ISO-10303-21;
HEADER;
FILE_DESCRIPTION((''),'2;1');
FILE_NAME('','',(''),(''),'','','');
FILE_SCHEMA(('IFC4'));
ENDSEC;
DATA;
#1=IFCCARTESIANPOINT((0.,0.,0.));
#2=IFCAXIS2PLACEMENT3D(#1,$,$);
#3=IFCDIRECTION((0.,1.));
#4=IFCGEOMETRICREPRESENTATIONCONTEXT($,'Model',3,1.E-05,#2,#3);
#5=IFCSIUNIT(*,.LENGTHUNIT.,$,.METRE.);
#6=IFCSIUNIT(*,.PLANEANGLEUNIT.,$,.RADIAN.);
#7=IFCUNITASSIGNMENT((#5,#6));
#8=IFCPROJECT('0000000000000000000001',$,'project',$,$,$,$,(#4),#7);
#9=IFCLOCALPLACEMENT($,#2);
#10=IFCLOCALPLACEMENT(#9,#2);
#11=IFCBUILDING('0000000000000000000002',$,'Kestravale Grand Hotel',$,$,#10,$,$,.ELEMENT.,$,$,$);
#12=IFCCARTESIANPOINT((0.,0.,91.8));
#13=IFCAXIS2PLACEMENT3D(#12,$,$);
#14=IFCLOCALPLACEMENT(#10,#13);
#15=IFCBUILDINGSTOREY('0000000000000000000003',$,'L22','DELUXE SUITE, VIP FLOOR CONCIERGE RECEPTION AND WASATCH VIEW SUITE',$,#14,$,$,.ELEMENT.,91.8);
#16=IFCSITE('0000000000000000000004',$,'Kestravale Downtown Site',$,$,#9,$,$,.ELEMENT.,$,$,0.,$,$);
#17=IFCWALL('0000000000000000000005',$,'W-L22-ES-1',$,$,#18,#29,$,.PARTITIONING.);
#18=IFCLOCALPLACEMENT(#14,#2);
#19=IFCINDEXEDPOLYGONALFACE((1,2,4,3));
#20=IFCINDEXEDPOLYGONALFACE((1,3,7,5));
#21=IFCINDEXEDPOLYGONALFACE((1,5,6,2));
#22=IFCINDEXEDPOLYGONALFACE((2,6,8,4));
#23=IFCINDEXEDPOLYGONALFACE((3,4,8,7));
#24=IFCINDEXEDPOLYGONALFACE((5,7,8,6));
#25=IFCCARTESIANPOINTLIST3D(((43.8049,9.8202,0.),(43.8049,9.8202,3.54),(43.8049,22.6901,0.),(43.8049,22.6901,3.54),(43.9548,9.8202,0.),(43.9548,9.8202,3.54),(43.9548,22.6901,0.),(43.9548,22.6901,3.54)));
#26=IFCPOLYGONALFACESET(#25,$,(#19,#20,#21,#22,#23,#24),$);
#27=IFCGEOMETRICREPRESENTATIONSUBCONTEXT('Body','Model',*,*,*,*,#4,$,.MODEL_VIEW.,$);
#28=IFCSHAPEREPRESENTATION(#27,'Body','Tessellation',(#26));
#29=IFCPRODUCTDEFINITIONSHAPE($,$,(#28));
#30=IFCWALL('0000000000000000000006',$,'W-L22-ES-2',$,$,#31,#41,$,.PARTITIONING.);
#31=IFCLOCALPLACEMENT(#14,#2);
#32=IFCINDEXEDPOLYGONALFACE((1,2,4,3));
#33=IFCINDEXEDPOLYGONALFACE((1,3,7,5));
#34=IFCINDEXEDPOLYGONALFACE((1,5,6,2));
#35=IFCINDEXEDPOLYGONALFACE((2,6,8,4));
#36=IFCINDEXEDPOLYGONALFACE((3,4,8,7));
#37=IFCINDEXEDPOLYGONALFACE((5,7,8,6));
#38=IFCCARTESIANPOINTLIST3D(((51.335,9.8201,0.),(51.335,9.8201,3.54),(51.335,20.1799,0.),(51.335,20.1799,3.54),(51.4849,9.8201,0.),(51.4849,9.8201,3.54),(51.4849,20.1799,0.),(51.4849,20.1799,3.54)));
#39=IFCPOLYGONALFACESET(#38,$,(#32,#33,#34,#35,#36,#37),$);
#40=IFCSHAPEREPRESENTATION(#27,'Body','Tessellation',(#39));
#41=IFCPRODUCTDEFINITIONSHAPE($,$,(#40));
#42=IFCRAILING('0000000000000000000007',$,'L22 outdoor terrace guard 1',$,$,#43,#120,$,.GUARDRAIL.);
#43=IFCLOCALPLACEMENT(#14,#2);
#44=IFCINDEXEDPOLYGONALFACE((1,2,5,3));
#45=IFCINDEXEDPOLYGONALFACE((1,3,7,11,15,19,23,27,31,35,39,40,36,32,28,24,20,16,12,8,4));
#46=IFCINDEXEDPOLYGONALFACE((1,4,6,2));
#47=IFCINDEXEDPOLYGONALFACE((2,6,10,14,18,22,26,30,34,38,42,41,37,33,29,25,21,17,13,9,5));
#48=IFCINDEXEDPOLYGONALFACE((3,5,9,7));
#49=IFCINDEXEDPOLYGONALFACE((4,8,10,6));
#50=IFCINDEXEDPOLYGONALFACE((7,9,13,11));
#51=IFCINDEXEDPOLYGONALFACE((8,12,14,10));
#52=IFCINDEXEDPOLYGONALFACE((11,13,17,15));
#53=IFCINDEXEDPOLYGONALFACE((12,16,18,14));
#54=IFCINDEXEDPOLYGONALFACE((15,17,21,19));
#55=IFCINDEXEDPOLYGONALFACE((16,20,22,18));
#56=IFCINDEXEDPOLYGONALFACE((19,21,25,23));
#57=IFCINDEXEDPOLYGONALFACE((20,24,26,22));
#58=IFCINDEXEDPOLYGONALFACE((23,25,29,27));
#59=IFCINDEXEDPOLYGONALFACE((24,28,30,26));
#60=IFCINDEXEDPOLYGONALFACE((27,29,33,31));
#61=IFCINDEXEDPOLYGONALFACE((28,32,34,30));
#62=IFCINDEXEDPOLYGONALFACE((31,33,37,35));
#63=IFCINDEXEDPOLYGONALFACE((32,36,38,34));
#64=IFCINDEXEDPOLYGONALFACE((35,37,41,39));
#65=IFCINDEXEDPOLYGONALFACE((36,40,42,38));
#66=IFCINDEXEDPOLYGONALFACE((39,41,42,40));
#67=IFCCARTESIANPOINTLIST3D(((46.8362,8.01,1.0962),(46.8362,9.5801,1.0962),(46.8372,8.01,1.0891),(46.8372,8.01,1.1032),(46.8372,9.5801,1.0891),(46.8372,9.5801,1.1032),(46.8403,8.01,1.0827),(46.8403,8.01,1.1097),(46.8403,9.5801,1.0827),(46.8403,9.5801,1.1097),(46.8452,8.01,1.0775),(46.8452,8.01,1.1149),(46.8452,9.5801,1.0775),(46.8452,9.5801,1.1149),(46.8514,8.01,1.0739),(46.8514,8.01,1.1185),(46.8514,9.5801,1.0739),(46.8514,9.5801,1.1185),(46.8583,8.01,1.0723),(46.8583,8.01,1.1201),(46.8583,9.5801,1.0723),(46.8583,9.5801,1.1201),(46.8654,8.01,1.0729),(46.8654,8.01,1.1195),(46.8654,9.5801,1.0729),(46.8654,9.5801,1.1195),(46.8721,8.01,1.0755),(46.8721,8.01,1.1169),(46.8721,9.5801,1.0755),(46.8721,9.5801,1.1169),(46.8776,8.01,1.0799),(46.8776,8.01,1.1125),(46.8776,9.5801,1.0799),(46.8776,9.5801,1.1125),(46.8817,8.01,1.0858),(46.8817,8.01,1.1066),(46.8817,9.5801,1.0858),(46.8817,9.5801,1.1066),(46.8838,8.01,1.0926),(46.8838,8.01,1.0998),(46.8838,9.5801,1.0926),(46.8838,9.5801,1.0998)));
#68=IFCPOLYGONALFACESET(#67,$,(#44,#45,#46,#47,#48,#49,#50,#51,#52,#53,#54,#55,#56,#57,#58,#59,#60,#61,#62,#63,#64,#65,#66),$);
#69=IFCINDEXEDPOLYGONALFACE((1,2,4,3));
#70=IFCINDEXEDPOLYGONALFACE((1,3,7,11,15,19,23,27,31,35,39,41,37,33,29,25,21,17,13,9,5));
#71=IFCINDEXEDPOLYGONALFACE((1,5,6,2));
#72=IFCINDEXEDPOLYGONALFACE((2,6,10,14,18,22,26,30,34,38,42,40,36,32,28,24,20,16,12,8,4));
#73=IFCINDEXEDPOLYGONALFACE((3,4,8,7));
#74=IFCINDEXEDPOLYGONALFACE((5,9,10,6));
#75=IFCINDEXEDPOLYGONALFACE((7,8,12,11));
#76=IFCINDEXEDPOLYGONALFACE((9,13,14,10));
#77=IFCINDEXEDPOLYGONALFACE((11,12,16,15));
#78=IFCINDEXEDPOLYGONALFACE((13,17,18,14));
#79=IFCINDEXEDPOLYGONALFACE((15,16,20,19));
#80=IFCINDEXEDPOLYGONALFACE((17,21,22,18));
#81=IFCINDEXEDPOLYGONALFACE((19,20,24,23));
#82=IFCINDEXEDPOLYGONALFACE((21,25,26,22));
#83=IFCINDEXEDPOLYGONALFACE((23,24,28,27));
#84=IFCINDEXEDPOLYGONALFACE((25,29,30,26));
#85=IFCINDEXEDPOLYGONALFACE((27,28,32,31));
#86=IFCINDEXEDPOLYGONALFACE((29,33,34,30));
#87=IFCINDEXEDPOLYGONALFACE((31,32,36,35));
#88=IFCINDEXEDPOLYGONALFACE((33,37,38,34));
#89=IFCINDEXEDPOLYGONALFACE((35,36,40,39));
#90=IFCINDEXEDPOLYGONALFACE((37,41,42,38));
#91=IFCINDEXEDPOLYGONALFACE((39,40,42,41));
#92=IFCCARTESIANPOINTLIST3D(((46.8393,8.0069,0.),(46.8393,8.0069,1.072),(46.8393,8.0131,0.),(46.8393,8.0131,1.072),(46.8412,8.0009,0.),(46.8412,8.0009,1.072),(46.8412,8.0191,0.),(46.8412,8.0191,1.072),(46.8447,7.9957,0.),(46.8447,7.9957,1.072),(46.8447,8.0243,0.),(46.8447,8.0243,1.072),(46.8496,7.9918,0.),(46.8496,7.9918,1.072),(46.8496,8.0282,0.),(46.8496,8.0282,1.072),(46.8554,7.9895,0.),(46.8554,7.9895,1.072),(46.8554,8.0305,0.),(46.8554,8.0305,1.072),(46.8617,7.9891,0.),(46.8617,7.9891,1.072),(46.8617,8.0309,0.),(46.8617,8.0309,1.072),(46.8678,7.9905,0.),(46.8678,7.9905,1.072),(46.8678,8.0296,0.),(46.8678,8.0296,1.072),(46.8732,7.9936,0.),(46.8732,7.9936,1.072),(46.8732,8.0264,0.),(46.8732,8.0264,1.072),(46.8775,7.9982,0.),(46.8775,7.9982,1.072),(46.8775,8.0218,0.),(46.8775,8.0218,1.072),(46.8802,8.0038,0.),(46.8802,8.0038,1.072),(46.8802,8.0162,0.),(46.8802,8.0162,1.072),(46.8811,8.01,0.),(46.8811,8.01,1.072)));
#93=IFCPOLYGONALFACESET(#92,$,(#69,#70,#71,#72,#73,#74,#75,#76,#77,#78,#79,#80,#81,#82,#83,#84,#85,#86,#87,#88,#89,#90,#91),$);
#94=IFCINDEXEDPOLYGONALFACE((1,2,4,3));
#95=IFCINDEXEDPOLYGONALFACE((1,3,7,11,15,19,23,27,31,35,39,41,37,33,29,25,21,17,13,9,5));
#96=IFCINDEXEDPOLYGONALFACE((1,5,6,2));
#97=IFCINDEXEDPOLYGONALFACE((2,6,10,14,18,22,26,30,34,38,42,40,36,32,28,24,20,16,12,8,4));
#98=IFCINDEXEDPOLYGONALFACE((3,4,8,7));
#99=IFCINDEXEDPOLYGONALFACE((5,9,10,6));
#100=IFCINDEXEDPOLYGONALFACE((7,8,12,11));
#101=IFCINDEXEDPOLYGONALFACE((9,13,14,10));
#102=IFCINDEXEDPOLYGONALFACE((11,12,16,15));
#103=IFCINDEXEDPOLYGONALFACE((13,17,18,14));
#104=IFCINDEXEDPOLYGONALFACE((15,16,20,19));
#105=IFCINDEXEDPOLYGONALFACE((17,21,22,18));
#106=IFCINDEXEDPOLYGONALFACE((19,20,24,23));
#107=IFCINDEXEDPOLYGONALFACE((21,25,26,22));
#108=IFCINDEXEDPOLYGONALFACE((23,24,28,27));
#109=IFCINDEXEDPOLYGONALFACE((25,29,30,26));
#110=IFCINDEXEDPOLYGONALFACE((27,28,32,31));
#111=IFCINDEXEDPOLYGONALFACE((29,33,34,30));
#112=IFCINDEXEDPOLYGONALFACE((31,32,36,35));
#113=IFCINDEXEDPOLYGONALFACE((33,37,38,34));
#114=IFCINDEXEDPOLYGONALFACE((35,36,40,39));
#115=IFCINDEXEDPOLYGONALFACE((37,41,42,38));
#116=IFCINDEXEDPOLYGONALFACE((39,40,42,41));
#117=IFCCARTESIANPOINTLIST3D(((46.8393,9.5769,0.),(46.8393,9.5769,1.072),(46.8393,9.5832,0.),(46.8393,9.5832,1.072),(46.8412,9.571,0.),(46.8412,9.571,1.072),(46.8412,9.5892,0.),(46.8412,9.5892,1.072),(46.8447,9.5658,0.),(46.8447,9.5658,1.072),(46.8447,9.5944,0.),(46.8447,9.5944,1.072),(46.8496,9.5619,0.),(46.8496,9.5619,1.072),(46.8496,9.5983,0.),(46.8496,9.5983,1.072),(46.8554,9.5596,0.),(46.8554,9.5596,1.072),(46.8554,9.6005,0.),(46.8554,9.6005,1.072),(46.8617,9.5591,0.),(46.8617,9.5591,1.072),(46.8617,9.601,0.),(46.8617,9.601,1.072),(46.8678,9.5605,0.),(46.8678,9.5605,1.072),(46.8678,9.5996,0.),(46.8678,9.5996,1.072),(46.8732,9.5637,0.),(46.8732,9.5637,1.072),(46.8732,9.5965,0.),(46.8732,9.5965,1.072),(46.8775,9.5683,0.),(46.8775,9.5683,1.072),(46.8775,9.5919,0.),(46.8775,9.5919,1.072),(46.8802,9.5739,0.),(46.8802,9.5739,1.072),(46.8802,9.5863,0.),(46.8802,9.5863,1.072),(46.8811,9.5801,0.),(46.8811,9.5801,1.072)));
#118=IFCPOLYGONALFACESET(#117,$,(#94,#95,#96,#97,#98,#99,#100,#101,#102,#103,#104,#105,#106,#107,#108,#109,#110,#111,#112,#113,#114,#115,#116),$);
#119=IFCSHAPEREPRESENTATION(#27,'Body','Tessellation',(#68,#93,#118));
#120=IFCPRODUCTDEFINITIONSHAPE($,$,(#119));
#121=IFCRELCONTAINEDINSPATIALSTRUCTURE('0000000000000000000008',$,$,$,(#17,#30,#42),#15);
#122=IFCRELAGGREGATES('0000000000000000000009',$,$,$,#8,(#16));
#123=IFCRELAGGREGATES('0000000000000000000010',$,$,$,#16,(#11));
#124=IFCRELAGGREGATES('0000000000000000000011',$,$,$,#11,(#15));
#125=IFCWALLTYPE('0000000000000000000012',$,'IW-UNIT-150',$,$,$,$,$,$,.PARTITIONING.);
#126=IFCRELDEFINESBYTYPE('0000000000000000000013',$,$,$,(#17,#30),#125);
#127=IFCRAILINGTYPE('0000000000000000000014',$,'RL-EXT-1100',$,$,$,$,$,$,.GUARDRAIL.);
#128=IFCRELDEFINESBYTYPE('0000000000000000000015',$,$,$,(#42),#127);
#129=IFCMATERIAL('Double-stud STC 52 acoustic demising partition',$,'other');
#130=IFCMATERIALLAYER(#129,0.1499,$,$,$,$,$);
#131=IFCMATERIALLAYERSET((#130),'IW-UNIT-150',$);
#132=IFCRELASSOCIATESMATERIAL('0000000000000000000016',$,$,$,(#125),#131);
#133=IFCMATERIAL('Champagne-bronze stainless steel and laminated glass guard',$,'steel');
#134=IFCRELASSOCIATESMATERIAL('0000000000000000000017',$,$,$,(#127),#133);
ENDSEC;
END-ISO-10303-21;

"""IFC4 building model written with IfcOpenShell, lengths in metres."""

from ifc_helpers import new_model, si_unit, direction, frame, frame_2d, origin, origin_2d, place, context, subcontext, project, spatial, rectangle, circle, extrude, material, layer, layer_set, type_object, element, save


model = new_model("IFC4")

# Units and contexts
model_context = context("Model", 3, precision=1e-05, world=origin(), true_north=direction((0.0, 1.0)))
body_context = subcontext(model_context, "Body", "Model", "MODEL_VIEW")
ifc_project = project(units=[si_unit("LENGTHUNIT", "METRE"), si_unit("PLANEANGLEUNIT", "RADIAN")], contexts=[model_context])

# Site, building, storey
site_placement = place(None, origin())
site = spatial("IfcSite", under=ifc_project, at=site_placement, Name="Kestravale Downtown Site", CompositionType="ELEMENT", RefElevation=0.0)
building_placement = place(site_placement, origin())
building = spatial("IfcBuilding", under=site, at=building_placement, Name="Kestravale Grand Hotel", CompositionType="ELEMENT")
storey_placement = place(building_placement, frame((0.0, 0.0, 91.8)))
storey = spatial("IfcBuildingStorey", under=building, at=storey_placement, Name="L22", Description="DELUXE SUITE, VIP FLOOR CONCIERGE RECEPTION AND WASATCH VIEW SUITE", CompositionType="ELEMENT", Elevation=91.8)

# Walls
ifc_material_1 = material(Name="Double-stud STC 52 acoustic demising partition", Category="other")
ifc_layer_1 = layer(ifc_material_1, 0.1499)
ifc_layer_set_1 = layer_set([ifc_layer_1], Name="IW-UNIT-150")
wall_type_1 = type_object("IfcWallType", Name="IW-UNIT-150", PredefinedType="PARTITIONING", material=ifc_layer_set_1)
wall_1_placement = place(storey_placement, frame((43.8799, 9.8201, 0.0), z_axis=(0.0, 0.0, 1.0), x_axis=(0.0, 1.0, 0.0)))
element("IfcWall", 1, at=wall_1_placement, inside=storey, type_object=wall_type_1, Name="W-L22-ES-1", PredefinedType="PARTITIONING", context=body_context, shape_type="SweptSolid", body=[
    extrude(rectangle(XDim=12.8699, YDim=0.1499, at=frame_2d((6.4351, 0.0))), origin(), (0.0, 0.0, 1.0), 3.54),
])
wall_2_placement = place(storey_placement, frame((51.4099, 9.8201, 0.0), z_axis=(0.0, 0.0, 1.0), x_axis=(0.0, 1.0, 0.0)))
element("IfcWall", 2, at=wall_2_placement, inside=storey, type_object=wall_type_1, Name="W-L22-ES-2", PredefinedType="PARTITIONING", context=body_context, shape_type="SweptSolid", body=[
    extrude(rectangle(XDim=10.3599, YDim=0.1499, at=frame_2d((5.1799, 0.0))), origin(), (0.0, 0.0, 1.0), 3.54),
])

# Railing
ifc_material_2 = material(Name="Champagne-bronze stainless steel and laminated glass guard", Category="steel")
railing_type = type_object("IfcRailingType", Name="RL-EXT-1100", PredefinedType="GUARDRAIL", material=ifc_material_2)
railing_1_placement = place(storey_placement, frame((46.8601, 8.01, 0.0)))
element("IfcRailing", 3, at=railing_1_placement, inside=storey, type_object=railing_type, Name="L22 outdoor terrace guard 1", PredefinedType="GUARDRAIL", context=body_context, shape_type="SweptSolid", body=[
    extrude(circle(Radius=0.0239, at=origin_2d()), frame((0.0, 0.0, 1.0962), z_axis=(0.0, 1.0, 0.0), x_axis=(-1.0, 0.0, 0.0)), (0.0, 0.0, 1.0), 1.5701),
    extrude(circle(Radius=0.021, at=origin_2d()), origin(), (0.0, 0.0, 1.0), 1.072),
    extrude(circle(Radius=0.021, at=origin_2d()), frame((0.0, 1.5701, 0.0)), (0.0, 0.0, 1.0), 1.072),
])

save(model, "model.ifc")
